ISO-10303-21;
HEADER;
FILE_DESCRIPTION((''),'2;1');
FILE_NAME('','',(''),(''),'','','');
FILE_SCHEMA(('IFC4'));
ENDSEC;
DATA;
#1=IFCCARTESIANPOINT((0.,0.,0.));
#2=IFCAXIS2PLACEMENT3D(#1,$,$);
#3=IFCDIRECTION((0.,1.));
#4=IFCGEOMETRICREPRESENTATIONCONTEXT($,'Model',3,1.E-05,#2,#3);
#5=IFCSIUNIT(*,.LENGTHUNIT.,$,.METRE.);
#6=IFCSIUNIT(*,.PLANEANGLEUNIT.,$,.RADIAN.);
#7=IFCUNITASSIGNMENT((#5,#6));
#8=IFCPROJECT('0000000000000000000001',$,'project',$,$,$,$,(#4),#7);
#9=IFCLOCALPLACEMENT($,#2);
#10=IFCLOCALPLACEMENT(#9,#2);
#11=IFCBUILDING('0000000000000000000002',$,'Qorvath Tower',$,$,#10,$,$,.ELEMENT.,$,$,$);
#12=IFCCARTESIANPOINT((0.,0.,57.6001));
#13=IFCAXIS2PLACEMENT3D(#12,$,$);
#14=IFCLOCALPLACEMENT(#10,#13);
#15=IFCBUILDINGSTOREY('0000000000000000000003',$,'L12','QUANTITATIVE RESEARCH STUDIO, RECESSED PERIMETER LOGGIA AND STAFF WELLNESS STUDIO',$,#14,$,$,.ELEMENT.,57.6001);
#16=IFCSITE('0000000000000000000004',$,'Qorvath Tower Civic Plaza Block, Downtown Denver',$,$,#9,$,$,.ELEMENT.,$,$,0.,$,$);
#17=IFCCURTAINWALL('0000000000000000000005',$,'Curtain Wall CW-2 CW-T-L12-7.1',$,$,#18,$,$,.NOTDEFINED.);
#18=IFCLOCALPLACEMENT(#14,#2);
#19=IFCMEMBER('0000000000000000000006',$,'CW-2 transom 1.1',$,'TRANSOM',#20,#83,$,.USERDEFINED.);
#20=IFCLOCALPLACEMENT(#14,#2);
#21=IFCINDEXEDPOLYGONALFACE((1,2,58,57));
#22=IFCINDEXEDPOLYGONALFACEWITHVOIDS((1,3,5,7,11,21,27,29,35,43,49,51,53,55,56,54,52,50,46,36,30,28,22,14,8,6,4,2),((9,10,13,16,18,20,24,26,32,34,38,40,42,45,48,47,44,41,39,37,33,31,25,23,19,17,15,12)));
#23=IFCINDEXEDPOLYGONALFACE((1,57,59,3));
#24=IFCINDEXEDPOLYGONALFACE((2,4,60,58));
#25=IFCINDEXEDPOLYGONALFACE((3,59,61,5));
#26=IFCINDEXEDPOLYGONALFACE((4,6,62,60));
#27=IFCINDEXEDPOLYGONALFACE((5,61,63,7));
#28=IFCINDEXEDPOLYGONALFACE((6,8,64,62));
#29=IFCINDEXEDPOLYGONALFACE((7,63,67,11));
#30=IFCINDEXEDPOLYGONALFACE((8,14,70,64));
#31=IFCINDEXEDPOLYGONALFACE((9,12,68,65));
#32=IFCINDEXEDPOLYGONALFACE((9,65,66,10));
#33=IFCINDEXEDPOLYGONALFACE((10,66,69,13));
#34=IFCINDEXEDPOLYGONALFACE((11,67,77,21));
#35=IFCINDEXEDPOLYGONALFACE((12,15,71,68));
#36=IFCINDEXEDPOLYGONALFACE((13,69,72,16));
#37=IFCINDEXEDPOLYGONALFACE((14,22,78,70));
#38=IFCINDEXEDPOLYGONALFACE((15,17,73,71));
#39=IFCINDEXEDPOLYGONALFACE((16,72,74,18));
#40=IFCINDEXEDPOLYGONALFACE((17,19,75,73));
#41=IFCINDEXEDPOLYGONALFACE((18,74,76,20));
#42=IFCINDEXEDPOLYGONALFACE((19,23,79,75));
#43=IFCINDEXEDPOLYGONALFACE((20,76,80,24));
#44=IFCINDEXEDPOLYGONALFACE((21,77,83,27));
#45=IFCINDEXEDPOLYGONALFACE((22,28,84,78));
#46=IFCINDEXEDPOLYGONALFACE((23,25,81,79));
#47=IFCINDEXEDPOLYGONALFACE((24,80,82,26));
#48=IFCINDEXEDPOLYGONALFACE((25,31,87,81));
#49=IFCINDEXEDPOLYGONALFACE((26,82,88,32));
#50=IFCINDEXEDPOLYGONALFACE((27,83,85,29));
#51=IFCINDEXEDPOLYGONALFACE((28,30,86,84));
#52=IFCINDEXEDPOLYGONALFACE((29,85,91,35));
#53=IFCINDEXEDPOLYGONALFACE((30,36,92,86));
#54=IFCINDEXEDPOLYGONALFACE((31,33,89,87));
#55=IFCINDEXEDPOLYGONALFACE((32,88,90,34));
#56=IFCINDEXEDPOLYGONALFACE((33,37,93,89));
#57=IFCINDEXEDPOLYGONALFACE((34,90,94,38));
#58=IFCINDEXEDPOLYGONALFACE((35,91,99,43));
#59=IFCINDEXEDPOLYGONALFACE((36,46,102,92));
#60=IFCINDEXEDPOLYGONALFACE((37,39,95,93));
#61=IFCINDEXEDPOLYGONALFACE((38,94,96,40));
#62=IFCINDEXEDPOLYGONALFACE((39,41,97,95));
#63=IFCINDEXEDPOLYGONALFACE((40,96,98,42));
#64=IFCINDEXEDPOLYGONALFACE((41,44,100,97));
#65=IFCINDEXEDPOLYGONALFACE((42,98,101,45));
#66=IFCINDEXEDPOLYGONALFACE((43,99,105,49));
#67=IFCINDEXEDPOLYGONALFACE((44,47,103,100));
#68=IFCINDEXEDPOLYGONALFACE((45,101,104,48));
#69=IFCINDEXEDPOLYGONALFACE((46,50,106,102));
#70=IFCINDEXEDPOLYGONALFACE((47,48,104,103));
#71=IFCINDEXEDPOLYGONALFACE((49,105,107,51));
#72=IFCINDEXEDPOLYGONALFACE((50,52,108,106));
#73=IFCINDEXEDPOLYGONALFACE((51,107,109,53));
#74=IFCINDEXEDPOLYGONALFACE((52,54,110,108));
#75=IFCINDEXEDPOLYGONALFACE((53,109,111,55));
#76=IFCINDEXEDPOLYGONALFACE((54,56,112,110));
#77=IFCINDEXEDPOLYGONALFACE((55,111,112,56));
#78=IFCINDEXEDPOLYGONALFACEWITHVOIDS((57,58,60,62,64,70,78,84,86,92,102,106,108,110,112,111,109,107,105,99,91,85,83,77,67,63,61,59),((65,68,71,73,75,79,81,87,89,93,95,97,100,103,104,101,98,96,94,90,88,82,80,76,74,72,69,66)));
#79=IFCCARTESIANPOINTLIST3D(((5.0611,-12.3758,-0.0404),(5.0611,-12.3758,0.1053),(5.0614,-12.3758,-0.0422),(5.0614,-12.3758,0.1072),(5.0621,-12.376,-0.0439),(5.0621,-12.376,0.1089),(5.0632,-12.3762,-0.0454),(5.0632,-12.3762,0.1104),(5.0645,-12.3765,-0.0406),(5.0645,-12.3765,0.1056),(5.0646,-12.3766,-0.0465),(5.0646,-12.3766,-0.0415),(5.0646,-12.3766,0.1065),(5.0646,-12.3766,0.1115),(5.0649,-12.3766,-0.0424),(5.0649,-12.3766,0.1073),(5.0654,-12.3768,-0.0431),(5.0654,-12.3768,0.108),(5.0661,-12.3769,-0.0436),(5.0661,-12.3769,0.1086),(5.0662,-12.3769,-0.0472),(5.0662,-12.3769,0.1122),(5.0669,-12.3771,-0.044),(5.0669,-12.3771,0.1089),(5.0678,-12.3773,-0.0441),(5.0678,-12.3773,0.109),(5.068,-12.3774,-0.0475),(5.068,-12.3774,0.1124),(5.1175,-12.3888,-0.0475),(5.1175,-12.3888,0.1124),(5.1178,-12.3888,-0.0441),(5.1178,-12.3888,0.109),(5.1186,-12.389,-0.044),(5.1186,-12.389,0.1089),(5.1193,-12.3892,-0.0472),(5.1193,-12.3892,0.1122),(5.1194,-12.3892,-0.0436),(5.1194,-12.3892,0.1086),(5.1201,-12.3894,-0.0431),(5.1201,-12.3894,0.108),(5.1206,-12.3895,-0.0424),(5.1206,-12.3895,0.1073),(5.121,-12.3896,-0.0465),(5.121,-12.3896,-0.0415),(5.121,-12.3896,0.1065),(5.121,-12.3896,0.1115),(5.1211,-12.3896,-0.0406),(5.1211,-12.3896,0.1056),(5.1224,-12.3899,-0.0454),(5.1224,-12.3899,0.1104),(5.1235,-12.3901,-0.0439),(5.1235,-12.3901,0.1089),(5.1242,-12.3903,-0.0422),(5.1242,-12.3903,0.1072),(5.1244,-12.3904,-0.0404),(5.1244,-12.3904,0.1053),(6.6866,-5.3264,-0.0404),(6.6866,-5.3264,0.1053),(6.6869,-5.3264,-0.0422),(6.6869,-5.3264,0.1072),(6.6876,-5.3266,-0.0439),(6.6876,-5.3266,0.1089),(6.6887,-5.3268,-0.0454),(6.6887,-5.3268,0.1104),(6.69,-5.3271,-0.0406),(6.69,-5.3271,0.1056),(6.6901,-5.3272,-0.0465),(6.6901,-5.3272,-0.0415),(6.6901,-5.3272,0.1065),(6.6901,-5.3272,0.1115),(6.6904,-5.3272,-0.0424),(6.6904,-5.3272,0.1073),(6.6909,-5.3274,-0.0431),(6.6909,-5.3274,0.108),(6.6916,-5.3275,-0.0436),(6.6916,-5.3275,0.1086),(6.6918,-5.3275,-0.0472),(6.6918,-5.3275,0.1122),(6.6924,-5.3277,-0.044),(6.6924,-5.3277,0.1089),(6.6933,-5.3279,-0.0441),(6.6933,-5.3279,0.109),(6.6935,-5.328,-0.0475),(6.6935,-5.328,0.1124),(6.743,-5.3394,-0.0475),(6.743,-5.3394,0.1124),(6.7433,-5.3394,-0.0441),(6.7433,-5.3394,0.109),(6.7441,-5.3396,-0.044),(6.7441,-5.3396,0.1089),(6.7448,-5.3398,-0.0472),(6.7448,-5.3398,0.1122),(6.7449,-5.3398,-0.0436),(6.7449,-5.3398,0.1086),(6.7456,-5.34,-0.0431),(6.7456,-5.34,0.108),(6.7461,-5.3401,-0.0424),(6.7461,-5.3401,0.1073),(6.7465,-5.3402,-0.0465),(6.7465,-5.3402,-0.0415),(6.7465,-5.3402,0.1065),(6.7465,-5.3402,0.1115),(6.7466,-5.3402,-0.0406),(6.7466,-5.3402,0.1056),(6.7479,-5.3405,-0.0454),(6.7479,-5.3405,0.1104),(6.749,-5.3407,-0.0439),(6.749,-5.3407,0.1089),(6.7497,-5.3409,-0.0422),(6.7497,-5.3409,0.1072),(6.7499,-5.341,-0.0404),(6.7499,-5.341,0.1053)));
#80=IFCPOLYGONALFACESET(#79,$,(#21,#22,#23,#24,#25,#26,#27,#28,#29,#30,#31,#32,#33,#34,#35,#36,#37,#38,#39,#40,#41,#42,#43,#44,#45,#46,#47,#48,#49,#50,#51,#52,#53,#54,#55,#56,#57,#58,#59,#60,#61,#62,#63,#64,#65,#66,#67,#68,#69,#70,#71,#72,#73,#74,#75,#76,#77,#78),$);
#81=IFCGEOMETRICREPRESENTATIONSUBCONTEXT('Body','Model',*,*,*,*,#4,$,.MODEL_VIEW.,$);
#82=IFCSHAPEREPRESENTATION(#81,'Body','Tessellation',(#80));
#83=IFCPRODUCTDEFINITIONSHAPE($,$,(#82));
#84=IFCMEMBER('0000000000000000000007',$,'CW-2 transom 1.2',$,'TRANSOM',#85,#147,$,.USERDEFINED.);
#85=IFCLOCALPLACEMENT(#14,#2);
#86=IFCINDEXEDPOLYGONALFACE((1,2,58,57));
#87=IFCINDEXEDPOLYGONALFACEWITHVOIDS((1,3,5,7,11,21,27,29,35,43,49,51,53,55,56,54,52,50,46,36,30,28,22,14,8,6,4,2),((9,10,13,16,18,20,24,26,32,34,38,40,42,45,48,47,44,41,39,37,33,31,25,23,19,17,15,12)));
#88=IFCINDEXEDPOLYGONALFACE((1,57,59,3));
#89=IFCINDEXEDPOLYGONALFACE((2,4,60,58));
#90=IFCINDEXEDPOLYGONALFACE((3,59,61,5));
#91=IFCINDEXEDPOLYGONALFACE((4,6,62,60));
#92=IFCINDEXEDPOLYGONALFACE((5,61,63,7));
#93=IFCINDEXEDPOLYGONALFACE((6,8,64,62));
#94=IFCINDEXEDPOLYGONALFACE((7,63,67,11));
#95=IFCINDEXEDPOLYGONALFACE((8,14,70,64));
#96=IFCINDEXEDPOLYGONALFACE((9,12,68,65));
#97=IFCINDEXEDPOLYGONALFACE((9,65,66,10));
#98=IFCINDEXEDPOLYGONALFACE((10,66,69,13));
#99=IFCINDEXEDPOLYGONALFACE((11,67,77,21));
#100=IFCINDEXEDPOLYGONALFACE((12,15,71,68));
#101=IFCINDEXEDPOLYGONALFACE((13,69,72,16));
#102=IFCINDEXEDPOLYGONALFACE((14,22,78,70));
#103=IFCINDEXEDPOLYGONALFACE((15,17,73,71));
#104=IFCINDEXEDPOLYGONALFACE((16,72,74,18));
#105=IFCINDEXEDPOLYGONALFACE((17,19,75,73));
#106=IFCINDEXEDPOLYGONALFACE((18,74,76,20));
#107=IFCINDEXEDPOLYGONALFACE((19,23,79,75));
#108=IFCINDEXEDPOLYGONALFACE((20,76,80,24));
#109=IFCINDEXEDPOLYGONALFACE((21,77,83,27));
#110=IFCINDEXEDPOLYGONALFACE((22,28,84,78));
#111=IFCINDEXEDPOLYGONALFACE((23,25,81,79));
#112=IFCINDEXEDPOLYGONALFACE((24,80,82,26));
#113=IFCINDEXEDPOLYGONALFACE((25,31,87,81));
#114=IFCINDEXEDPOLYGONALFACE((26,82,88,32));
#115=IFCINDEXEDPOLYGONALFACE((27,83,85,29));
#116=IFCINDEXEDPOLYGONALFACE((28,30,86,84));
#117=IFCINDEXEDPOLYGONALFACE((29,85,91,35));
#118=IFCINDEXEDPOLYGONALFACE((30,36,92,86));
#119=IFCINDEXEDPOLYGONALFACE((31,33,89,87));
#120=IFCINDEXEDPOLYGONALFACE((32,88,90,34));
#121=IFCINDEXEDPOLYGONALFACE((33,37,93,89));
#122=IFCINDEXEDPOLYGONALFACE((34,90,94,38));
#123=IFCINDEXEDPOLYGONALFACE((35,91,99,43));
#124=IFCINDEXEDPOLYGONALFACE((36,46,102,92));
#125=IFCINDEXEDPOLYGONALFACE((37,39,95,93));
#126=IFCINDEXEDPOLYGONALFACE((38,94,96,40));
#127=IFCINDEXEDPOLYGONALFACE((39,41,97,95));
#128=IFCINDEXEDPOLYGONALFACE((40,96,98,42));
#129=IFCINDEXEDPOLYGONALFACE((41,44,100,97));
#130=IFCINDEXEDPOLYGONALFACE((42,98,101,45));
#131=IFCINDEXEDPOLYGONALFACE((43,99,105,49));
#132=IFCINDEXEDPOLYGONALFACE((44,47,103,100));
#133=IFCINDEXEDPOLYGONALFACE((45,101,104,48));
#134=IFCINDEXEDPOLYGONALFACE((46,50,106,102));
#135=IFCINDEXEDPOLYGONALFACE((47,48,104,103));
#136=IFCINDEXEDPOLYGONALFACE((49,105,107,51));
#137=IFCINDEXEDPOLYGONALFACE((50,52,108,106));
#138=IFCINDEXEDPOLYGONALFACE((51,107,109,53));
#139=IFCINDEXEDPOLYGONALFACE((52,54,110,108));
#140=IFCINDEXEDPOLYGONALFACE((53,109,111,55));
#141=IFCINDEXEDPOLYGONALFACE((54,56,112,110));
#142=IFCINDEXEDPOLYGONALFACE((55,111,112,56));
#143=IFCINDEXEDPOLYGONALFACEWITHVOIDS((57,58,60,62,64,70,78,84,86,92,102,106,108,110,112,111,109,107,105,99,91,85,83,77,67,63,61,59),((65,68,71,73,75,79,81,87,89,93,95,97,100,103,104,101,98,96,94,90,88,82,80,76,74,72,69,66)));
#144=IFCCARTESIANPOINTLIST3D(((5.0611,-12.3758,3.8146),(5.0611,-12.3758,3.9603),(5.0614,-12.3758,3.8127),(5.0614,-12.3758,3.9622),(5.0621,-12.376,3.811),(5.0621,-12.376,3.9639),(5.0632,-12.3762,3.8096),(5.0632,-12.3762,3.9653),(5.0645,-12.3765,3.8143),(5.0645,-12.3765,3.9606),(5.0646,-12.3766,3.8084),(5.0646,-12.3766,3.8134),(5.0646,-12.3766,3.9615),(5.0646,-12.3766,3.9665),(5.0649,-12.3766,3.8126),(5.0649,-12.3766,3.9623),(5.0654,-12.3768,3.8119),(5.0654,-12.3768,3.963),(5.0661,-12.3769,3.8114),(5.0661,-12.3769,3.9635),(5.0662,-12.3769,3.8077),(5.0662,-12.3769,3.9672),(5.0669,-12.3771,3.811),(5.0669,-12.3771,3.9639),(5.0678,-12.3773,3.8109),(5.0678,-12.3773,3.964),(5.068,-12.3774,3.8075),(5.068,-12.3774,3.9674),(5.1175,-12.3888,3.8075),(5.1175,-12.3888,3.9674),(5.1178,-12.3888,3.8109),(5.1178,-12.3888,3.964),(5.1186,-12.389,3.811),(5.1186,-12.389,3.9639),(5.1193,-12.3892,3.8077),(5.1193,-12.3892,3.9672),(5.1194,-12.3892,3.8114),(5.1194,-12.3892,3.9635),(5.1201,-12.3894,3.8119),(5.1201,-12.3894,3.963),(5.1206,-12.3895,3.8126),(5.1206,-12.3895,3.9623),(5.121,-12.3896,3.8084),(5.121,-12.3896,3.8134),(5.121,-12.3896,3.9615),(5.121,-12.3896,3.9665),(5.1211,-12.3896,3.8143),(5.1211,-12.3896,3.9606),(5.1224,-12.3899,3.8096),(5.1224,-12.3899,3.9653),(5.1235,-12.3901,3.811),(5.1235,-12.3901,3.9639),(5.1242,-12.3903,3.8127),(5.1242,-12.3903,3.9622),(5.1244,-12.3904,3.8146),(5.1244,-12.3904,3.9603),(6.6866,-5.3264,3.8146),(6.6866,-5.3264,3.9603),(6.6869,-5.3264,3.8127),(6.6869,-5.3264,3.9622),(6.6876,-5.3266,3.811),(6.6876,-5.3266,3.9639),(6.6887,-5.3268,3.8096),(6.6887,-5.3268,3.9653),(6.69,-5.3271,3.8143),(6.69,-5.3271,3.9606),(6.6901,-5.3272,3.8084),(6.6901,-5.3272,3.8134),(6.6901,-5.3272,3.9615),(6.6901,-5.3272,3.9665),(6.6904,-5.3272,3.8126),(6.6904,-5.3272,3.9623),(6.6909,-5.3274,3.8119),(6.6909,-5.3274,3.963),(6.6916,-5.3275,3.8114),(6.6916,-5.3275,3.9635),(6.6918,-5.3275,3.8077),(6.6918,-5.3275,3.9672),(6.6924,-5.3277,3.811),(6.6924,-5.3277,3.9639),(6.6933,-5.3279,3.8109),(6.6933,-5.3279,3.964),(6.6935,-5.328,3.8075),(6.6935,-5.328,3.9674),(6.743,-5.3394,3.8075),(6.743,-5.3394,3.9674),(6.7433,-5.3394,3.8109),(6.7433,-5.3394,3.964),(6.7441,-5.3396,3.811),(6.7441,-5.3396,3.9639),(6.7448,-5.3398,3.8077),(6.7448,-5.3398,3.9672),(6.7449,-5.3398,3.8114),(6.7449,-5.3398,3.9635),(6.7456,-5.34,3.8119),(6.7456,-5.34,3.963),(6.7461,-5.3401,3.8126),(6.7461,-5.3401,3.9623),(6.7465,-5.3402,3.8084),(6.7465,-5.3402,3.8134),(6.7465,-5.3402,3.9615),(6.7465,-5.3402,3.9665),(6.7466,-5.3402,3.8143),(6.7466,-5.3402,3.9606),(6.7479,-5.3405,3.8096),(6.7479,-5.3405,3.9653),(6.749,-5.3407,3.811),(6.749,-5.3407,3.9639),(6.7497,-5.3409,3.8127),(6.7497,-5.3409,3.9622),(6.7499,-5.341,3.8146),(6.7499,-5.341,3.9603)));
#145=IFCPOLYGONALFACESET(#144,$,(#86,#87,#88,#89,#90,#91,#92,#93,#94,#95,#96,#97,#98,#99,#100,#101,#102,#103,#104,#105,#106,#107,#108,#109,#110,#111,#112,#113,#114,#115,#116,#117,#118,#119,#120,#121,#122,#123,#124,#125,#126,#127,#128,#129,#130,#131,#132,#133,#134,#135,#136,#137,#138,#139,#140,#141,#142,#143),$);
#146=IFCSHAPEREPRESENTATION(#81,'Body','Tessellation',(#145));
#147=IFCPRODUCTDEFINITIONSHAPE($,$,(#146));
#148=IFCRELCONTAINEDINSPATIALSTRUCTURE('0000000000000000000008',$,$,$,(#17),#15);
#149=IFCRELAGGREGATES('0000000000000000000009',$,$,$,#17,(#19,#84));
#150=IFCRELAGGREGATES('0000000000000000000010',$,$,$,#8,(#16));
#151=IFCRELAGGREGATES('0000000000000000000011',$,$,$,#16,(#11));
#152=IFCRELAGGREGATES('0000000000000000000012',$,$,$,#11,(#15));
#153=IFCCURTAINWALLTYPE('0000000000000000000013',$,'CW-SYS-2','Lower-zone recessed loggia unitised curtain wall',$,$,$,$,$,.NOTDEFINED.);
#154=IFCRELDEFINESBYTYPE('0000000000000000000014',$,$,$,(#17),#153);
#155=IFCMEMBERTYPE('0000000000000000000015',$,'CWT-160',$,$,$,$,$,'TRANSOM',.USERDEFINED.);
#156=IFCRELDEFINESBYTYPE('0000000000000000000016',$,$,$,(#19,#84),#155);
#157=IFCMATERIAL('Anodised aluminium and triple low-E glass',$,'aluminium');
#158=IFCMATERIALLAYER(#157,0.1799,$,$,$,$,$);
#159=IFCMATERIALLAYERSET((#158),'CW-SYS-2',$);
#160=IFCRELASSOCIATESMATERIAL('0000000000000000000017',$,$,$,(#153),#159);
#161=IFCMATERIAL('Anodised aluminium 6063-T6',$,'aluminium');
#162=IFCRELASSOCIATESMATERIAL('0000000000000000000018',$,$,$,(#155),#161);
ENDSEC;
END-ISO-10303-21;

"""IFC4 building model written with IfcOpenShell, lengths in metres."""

from ifc_helpers import new_model, si_unit, direction, frame, origin, origin_2d, place, context, subcontext, project, spatial, hollow_rectangle, extrude, material, layer, layer_set, material_profile, profile_set, type_object, element, aggregate, save


model = new_model("IFC4")

# Units and contexts
model_context = context("Model", 3, precision=1e-05, world=origin(), true_north=direction((0.0, 1.0)))
body_context = subcontext(model_context, "Body", "Model", "MODEL_VIEW")
ifc_project = project(units=[si_unit("LENGTHUNIT", "METRE"), si_unit("PLANEANGLEUNIT", "RADIAN")], contexts=[model_context])

# Site, building, storey
site_placement = place(None, origin())
site = spatial("IfcSite", under=ifc_project, at=site_placement, Name="Qorvath Tower Civic Plaza Block, Downtown Denver", CompositionType="ELEMENT", RefElevation=0.0)
building_placement = place(site_placement, origin())
building = spatial("IfcBuilding", under=site, at=building_placement, Name="Qorvath Tower", CompositionType="ELEMENT")
storey_placement = place(building_placement, frame((0.0, 0.0, 57.6001)))
storey = spatial("IfcBuildingStorey", under=building, at=storey_placement, Name="L12", Description="QUANTITATIVE RESEARCH STUDIO, RECESSED PERIMETER LOGGIA AND STAFF WELLNESS STUDIO", CompositionType="ELEMENT", Elevation=57.6001)

# Shared definitions
ifc_material_1 = material(Name="Anodised aluminium and triple low-E glass", Category="aluminium")
ifc_layer_1 = layer(ifc_material_1, 0.1799)
ifc_layer_set_1 = layer_set([ifc_layer_1], Name="CW-SYS-2")
curtain_wall_type = type_object("IfcCurtainWallType", Name="CW-SYS-2", Description="Lower-zone recessed loggia unitised curtain wall", PredefinedType="NOTDEFINED", material=ifc_layer_set_1)

# Curtain wall
curtain_wall_1_placement = place(storey_placement, origin())
curtain_wall_1 = element("IfcCurtainWall", 1, at=curtain_wall_1_placement, inside=storey, type_object=curtain_wall_type, Name="Curtain Wall CW-2 CW-T-L12-7.1", PredefinedType="NOTDEFINED")

# Members
ifc_material_2 = material(Name="Anodised aluminium 6063-T6", Category="aluminium")
ifc_material_profile_1 = material_profile(ifc_material_2, hollow_rectangle(XDim=0.0649, YDim=0.1599, WallThickness=0.0034, InnerFilletRadius=0.0034, OuterFilletRadius=0.0071, at=origin_2d()), Name="CWT 160x65")
ifc_profile_set_1 = profile_set([ifc_material_profile_1], Name="Anodised aluminium 6063-T6")
member_type_1 = type_object("IfcMemberType", Name="CWT-160", ElementType="TRANSOM", PredefinedType="USERDEFINED", material=ifc_profile_set_1)
member_1_placement = place(storey_placement, frame((5.0928, -12.3831, 0.0325), z_axis=(0.224692, 0.97443, 0.0), x_axis=(-0.97443, 0.224692, 0.0)))
member_1 = element("IfcMember", 2, at=member_1_placement, type_object=member_type_1, Name="CW-2 transom 1.1", ObjectType="TRANSOM", PredefinedType="USERDEFINED", context=body_context, shape_type="SweptSolid", body=[
    extrude(hollow_rectangle(XDim=0.0649, YDim=0.1599, WallThickness=0.0034, InnerFilletRadius=0.0034, OuterFilletRadius=0.0071, at=origin_2d()), origin(), (0.0, 0.0, 1.0), 7.2344),
])
member_2_placement = place(storey_placement, frame((5.0928, -12.3831, 3.8875), z_axis=(0.224692, 0.97443, 0.0), x_axis=(-0.97443, 0.224692, 0.0)))
member_2 = element("IfcMember", 3, at=member_2_placement, type_object=member_type_1, Name="CW-2 transom 1.2", ObjectType="TRANSOM", PredefinedType="USERDEFINED", context=body_context, shape_type="SweptSolid", body=[
    extrude(hollow_rectangle(XDim=0.0649, YDim=0.1599, WallThickness=0.0034, InnerFilletRadius=0.0034, OuterFilletRadius=0.0071, at=origin_2d()), origin(), (0.0, 0.0, 1.0), 7.2344),
])

aggregate(curtain_wall_1, [member_1, member_2])

save(model, "model.ifc")
